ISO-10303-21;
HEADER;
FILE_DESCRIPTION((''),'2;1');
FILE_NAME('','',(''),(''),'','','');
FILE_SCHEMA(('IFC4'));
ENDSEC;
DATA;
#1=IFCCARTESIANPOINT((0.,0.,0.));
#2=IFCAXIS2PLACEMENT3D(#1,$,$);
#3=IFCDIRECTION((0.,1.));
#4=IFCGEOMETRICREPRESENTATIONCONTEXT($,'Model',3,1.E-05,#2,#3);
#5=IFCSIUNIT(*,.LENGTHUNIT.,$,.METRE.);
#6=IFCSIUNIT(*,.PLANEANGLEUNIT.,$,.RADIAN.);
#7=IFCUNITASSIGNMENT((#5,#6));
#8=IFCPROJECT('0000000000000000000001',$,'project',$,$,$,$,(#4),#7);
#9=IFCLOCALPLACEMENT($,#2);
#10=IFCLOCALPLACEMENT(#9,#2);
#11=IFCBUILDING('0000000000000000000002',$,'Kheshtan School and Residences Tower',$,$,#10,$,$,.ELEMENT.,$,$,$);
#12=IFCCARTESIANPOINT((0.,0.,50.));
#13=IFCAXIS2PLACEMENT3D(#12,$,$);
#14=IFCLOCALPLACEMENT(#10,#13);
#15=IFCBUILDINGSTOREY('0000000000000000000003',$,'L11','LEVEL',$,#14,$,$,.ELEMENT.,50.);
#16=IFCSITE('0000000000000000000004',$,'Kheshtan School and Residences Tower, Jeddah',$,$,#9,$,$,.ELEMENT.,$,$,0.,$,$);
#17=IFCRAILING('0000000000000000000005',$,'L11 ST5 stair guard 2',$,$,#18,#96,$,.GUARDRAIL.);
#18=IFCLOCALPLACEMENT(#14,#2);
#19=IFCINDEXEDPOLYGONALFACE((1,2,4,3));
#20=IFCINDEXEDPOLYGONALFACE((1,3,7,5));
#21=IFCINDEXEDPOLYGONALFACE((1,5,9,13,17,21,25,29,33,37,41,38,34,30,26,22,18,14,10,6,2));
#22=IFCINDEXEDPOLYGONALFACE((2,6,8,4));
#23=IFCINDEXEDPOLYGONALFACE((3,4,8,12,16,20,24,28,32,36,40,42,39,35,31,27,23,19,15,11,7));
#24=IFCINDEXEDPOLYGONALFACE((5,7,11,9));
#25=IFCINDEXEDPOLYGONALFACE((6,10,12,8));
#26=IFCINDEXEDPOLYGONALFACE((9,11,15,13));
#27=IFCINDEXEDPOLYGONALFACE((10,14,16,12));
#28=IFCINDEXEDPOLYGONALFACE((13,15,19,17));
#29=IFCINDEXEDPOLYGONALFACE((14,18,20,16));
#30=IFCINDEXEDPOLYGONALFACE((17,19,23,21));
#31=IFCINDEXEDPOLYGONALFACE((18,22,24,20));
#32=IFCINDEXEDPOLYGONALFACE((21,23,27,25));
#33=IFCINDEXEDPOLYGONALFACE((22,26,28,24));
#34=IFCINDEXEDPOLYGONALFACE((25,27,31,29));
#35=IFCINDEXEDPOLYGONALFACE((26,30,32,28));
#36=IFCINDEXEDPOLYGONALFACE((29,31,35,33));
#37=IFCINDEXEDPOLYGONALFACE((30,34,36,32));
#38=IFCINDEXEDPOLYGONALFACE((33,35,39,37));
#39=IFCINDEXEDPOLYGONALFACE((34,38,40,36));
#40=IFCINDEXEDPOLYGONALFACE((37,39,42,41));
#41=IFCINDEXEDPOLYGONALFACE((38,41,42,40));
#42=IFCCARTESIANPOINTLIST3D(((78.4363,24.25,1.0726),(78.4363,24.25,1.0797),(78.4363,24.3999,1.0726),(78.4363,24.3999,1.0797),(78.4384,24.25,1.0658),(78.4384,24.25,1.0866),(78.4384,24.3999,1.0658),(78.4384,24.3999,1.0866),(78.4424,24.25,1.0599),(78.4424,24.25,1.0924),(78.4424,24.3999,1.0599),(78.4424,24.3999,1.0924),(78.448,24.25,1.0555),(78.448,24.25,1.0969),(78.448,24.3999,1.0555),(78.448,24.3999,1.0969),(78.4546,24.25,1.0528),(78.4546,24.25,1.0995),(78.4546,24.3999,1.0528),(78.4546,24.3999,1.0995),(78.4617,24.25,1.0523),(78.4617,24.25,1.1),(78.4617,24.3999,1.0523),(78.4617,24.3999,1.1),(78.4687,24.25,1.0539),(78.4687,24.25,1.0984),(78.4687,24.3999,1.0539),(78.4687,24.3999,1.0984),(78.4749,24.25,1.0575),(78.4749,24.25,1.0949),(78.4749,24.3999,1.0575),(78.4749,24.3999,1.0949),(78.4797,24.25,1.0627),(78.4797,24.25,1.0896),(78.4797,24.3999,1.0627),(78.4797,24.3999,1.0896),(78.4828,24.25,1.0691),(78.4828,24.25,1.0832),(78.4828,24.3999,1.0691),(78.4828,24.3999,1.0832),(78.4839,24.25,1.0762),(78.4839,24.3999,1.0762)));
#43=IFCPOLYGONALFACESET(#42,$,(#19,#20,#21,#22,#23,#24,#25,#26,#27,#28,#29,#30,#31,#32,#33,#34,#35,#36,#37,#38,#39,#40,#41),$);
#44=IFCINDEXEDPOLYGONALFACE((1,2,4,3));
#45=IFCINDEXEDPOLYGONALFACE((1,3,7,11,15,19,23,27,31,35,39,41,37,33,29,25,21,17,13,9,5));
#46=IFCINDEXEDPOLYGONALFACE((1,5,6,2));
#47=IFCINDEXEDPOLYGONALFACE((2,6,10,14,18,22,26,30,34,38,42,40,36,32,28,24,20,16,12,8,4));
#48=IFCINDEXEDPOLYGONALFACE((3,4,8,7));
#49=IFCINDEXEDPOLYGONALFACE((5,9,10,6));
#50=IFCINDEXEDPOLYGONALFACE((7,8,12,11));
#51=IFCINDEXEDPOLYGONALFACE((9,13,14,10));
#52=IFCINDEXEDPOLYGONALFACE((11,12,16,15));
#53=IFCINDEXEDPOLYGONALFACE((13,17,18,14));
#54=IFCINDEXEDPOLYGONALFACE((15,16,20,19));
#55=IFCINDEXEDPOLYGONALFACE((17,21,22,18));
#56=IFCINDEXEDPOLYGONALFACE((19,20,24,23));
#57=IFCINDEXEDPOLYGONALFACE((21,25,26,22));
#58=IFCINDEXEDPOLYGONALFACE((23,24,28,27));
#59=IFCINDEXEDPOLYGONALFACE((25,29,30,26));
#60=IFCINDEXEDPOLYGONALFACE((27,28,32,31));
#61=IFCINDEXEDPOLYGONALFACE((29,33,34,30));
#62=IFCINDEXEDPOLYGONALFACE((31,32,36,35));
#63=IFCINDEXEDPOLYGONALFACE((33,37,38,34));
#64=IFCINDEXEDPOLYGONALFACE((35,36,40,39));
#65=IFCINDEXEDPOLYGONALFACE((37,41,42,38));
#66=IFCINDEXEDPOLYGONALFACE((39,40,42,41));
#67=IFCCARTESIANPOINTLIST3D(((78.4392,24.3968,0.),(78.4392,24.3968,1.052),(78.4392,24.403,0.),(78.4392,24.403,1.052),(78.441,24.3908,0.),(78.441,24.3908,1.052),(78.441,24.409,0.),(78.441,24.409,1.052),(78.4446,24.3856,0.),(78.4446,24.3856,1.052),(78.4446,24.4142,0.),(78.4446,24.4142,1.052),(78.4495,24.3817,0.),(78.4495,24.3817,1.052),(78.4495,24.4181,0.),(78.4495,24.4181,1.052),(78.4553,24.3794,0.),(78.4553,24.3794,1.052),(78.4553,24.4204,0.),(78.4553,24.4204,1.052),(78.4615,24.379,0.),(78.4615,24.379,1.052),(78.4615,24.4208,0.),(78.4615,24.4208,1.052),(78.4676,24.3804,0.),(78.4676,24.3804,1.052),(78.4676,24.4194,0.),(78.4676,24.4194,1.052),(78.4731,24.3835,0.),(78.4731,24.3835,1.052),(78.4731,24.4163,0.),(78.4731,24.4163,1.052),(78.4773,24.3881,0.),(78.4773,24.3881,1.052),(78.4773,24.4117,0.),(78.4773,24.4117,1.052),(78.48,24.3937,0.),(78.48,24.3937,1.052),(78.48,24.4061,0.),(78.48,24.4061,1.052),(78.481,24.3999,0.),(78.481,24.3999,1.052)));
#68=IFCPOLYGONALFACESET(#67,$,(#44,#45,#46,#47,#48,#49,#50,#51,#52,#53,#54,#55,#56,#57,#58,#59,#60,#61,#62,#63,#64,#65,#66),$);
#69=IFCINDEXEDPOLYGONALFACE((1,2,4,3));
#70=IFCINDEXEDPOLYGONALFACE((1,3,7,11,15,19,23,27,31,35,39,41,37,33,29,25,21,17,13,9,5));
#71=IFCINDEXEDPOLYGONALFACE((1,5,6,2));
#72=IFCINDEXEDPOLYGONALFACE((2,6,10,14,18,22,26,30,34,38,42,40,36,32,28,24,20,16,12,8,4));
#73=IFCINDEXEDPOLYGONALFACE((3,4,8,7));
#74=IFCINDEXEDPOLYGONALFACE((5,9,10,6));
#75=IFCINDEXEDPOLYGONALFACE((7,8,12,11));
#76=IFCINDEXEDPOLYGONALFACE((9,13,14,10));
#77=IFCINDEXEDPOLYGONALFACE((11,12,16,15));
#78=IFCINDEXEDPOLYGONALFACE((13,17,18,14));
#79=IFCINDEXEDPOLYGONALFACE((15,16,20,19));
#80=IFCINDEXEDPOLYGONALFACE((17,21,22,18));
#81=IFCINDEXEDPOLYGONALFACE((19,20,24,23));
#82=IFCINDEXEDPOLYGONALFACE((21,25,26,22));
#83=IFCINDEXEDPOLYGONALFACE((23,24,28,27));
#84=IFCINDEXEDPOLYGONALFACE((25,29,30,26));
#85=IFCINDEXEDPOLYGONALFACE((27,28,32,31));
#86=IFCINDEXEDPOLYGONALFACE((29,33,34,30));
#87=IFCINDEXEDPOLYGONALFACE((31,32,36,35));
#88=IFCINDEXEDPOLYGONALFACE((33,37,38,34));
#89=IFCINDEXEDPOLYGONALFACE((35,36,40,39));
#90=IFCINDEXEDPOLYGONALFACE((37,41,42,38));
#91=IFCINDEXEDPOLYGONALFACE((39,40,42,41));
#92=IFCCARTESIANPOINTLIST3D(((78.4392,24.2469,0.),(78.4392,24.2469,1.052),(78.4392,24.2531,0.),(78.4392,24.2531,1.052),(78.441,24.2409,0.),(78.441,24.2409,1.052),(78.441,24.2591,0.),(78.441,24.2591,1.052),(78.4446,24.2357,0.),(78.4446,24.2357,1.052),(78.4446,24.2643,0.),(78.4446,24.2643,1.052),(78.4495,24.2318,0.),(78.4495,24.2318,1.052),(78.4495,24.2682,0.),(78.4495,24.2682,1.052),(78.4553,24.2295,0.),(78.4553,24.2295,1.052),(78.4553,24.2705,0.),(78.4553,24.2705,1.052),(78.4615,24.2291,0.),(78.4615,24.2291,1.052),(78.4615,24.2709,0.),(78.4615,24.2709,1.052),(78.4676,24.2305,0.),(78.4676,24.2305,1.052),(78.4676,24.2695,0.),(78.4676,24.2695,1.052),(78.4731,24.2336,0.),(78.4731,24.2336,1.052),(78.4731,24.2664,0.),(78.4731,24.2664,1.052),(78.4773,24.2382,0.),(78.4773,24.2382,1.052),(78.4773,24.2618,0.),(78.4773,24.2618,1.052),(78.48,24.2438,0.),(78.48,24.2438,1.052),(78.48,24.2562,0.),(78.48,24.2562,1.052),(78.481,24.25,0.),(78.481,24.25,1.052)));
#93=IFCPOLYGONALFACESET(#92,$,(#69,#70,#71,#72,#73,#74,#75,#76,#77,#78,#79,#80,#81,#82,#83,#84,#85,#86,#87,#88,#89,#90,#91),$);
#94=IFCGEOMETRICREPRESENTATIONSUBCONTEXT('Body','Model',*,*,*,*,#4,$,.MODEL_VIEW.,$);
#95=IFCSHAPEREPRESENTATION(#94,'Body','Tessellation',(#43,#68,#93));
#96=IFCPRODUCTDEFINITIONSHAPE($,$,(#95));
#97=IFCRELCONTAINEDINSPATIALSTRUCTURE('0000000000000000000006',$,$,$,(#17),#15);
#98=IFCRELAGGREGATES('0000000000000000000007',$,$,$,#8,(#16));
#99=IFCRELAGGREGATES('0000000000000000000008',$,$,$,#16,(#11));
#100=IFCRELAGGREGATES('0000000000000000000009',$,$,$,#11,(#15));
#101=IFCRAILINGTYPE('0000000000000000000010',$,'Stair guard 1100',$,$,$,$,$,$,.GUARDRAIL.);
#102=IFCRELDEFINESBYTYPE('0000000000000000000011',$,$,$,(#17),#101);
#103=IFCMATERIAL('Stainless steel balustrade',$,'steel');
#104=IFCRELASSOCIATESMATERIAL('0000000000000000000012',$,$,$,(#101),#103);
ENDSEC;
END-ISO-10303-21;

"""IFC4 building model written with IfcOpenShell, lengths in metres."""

from ifc_helpers import new_model, si_unit, direction, frame, origin, origin_2d, place, context, subcontext, project, spatial, circle, extrude, material, type_object, element, save


model = new_model("IFC4")

# Units and contexts
model_context = context("Model", 3, precision=1e-05, world=origin(), true_north=direction((0.0, 1.0)))
body_context = subcontext(model_context, "Body", "Model", "MODEL_VIEW")
ifc_project = project(units=[si_unit("LENGTHUNIT", "METRE"), si_unit("PLANEANGLEUNIT", "RADIAN")], contexts=[model_context])

# Site, building, storey
site_placement = place(None, origin())
site = spatial("IfcSite", under=ifc_project, at=site_placement, Name="Kheshtan School and Residences Tower, Jeddah", CompositionType="ELEMENT", RefElevation=0.0)
building_placement = place(site_placement, origin())
building = spatial("IfcBuilding", under=site, at=building_placement, Name="Kheshtan School and Residences Tower", CompositionType="ELEMENT")
storey_placement = place(building_placement, frame((0.0, 0.0, 50.0)))
storey = spatial("IfcBuildingStorey", under=building, at=storey_placement, Name="L11", Description="LEVEL", CompositionType="ELEMENT", Elevation=50.0)

# Railing
ifc_material_1 = material(Name="Stainless steel balustrade", Category="steel")
railing_type_1 = type_object("IfcRailingType", Name="Stair guard 1100", PredefinedType="GUARDRAIL", material=ifc_material_1)
railing_1_placement = place(storey_placement, frame((78.46, 24.3999, 0.0)))
element("IfcRailing", 1, at=railing_1_placement, inside=storey, type_object=railing_type_1, Name="L11 ST5 stair guard 2", PredefinedType="GUARDRAIL", context=body_context, shape_type="SweptSolid", body=[
    extrude(circle(Radius=0.0239, at=origin_2d()), frame((0.0, 0.0, 1.0762), z_axis=(0.0, -1.0, 0.0), x_axis=(1.0, 0.0, 0.0)), (0.0, 0.0, 1.0), 0.1499),
    extrude(circle(Radius=0.021, at=origin_2d()), origin(), (0.0, 0.0, 1.0), 1.052),
    extrude(circle(Radius=0.021, at=origin_2d()), frame((0.0, -0.1499, 0.0)), (0.0, 0.0, 1.0), 1.052),
])

save(model, "model.ifc")
